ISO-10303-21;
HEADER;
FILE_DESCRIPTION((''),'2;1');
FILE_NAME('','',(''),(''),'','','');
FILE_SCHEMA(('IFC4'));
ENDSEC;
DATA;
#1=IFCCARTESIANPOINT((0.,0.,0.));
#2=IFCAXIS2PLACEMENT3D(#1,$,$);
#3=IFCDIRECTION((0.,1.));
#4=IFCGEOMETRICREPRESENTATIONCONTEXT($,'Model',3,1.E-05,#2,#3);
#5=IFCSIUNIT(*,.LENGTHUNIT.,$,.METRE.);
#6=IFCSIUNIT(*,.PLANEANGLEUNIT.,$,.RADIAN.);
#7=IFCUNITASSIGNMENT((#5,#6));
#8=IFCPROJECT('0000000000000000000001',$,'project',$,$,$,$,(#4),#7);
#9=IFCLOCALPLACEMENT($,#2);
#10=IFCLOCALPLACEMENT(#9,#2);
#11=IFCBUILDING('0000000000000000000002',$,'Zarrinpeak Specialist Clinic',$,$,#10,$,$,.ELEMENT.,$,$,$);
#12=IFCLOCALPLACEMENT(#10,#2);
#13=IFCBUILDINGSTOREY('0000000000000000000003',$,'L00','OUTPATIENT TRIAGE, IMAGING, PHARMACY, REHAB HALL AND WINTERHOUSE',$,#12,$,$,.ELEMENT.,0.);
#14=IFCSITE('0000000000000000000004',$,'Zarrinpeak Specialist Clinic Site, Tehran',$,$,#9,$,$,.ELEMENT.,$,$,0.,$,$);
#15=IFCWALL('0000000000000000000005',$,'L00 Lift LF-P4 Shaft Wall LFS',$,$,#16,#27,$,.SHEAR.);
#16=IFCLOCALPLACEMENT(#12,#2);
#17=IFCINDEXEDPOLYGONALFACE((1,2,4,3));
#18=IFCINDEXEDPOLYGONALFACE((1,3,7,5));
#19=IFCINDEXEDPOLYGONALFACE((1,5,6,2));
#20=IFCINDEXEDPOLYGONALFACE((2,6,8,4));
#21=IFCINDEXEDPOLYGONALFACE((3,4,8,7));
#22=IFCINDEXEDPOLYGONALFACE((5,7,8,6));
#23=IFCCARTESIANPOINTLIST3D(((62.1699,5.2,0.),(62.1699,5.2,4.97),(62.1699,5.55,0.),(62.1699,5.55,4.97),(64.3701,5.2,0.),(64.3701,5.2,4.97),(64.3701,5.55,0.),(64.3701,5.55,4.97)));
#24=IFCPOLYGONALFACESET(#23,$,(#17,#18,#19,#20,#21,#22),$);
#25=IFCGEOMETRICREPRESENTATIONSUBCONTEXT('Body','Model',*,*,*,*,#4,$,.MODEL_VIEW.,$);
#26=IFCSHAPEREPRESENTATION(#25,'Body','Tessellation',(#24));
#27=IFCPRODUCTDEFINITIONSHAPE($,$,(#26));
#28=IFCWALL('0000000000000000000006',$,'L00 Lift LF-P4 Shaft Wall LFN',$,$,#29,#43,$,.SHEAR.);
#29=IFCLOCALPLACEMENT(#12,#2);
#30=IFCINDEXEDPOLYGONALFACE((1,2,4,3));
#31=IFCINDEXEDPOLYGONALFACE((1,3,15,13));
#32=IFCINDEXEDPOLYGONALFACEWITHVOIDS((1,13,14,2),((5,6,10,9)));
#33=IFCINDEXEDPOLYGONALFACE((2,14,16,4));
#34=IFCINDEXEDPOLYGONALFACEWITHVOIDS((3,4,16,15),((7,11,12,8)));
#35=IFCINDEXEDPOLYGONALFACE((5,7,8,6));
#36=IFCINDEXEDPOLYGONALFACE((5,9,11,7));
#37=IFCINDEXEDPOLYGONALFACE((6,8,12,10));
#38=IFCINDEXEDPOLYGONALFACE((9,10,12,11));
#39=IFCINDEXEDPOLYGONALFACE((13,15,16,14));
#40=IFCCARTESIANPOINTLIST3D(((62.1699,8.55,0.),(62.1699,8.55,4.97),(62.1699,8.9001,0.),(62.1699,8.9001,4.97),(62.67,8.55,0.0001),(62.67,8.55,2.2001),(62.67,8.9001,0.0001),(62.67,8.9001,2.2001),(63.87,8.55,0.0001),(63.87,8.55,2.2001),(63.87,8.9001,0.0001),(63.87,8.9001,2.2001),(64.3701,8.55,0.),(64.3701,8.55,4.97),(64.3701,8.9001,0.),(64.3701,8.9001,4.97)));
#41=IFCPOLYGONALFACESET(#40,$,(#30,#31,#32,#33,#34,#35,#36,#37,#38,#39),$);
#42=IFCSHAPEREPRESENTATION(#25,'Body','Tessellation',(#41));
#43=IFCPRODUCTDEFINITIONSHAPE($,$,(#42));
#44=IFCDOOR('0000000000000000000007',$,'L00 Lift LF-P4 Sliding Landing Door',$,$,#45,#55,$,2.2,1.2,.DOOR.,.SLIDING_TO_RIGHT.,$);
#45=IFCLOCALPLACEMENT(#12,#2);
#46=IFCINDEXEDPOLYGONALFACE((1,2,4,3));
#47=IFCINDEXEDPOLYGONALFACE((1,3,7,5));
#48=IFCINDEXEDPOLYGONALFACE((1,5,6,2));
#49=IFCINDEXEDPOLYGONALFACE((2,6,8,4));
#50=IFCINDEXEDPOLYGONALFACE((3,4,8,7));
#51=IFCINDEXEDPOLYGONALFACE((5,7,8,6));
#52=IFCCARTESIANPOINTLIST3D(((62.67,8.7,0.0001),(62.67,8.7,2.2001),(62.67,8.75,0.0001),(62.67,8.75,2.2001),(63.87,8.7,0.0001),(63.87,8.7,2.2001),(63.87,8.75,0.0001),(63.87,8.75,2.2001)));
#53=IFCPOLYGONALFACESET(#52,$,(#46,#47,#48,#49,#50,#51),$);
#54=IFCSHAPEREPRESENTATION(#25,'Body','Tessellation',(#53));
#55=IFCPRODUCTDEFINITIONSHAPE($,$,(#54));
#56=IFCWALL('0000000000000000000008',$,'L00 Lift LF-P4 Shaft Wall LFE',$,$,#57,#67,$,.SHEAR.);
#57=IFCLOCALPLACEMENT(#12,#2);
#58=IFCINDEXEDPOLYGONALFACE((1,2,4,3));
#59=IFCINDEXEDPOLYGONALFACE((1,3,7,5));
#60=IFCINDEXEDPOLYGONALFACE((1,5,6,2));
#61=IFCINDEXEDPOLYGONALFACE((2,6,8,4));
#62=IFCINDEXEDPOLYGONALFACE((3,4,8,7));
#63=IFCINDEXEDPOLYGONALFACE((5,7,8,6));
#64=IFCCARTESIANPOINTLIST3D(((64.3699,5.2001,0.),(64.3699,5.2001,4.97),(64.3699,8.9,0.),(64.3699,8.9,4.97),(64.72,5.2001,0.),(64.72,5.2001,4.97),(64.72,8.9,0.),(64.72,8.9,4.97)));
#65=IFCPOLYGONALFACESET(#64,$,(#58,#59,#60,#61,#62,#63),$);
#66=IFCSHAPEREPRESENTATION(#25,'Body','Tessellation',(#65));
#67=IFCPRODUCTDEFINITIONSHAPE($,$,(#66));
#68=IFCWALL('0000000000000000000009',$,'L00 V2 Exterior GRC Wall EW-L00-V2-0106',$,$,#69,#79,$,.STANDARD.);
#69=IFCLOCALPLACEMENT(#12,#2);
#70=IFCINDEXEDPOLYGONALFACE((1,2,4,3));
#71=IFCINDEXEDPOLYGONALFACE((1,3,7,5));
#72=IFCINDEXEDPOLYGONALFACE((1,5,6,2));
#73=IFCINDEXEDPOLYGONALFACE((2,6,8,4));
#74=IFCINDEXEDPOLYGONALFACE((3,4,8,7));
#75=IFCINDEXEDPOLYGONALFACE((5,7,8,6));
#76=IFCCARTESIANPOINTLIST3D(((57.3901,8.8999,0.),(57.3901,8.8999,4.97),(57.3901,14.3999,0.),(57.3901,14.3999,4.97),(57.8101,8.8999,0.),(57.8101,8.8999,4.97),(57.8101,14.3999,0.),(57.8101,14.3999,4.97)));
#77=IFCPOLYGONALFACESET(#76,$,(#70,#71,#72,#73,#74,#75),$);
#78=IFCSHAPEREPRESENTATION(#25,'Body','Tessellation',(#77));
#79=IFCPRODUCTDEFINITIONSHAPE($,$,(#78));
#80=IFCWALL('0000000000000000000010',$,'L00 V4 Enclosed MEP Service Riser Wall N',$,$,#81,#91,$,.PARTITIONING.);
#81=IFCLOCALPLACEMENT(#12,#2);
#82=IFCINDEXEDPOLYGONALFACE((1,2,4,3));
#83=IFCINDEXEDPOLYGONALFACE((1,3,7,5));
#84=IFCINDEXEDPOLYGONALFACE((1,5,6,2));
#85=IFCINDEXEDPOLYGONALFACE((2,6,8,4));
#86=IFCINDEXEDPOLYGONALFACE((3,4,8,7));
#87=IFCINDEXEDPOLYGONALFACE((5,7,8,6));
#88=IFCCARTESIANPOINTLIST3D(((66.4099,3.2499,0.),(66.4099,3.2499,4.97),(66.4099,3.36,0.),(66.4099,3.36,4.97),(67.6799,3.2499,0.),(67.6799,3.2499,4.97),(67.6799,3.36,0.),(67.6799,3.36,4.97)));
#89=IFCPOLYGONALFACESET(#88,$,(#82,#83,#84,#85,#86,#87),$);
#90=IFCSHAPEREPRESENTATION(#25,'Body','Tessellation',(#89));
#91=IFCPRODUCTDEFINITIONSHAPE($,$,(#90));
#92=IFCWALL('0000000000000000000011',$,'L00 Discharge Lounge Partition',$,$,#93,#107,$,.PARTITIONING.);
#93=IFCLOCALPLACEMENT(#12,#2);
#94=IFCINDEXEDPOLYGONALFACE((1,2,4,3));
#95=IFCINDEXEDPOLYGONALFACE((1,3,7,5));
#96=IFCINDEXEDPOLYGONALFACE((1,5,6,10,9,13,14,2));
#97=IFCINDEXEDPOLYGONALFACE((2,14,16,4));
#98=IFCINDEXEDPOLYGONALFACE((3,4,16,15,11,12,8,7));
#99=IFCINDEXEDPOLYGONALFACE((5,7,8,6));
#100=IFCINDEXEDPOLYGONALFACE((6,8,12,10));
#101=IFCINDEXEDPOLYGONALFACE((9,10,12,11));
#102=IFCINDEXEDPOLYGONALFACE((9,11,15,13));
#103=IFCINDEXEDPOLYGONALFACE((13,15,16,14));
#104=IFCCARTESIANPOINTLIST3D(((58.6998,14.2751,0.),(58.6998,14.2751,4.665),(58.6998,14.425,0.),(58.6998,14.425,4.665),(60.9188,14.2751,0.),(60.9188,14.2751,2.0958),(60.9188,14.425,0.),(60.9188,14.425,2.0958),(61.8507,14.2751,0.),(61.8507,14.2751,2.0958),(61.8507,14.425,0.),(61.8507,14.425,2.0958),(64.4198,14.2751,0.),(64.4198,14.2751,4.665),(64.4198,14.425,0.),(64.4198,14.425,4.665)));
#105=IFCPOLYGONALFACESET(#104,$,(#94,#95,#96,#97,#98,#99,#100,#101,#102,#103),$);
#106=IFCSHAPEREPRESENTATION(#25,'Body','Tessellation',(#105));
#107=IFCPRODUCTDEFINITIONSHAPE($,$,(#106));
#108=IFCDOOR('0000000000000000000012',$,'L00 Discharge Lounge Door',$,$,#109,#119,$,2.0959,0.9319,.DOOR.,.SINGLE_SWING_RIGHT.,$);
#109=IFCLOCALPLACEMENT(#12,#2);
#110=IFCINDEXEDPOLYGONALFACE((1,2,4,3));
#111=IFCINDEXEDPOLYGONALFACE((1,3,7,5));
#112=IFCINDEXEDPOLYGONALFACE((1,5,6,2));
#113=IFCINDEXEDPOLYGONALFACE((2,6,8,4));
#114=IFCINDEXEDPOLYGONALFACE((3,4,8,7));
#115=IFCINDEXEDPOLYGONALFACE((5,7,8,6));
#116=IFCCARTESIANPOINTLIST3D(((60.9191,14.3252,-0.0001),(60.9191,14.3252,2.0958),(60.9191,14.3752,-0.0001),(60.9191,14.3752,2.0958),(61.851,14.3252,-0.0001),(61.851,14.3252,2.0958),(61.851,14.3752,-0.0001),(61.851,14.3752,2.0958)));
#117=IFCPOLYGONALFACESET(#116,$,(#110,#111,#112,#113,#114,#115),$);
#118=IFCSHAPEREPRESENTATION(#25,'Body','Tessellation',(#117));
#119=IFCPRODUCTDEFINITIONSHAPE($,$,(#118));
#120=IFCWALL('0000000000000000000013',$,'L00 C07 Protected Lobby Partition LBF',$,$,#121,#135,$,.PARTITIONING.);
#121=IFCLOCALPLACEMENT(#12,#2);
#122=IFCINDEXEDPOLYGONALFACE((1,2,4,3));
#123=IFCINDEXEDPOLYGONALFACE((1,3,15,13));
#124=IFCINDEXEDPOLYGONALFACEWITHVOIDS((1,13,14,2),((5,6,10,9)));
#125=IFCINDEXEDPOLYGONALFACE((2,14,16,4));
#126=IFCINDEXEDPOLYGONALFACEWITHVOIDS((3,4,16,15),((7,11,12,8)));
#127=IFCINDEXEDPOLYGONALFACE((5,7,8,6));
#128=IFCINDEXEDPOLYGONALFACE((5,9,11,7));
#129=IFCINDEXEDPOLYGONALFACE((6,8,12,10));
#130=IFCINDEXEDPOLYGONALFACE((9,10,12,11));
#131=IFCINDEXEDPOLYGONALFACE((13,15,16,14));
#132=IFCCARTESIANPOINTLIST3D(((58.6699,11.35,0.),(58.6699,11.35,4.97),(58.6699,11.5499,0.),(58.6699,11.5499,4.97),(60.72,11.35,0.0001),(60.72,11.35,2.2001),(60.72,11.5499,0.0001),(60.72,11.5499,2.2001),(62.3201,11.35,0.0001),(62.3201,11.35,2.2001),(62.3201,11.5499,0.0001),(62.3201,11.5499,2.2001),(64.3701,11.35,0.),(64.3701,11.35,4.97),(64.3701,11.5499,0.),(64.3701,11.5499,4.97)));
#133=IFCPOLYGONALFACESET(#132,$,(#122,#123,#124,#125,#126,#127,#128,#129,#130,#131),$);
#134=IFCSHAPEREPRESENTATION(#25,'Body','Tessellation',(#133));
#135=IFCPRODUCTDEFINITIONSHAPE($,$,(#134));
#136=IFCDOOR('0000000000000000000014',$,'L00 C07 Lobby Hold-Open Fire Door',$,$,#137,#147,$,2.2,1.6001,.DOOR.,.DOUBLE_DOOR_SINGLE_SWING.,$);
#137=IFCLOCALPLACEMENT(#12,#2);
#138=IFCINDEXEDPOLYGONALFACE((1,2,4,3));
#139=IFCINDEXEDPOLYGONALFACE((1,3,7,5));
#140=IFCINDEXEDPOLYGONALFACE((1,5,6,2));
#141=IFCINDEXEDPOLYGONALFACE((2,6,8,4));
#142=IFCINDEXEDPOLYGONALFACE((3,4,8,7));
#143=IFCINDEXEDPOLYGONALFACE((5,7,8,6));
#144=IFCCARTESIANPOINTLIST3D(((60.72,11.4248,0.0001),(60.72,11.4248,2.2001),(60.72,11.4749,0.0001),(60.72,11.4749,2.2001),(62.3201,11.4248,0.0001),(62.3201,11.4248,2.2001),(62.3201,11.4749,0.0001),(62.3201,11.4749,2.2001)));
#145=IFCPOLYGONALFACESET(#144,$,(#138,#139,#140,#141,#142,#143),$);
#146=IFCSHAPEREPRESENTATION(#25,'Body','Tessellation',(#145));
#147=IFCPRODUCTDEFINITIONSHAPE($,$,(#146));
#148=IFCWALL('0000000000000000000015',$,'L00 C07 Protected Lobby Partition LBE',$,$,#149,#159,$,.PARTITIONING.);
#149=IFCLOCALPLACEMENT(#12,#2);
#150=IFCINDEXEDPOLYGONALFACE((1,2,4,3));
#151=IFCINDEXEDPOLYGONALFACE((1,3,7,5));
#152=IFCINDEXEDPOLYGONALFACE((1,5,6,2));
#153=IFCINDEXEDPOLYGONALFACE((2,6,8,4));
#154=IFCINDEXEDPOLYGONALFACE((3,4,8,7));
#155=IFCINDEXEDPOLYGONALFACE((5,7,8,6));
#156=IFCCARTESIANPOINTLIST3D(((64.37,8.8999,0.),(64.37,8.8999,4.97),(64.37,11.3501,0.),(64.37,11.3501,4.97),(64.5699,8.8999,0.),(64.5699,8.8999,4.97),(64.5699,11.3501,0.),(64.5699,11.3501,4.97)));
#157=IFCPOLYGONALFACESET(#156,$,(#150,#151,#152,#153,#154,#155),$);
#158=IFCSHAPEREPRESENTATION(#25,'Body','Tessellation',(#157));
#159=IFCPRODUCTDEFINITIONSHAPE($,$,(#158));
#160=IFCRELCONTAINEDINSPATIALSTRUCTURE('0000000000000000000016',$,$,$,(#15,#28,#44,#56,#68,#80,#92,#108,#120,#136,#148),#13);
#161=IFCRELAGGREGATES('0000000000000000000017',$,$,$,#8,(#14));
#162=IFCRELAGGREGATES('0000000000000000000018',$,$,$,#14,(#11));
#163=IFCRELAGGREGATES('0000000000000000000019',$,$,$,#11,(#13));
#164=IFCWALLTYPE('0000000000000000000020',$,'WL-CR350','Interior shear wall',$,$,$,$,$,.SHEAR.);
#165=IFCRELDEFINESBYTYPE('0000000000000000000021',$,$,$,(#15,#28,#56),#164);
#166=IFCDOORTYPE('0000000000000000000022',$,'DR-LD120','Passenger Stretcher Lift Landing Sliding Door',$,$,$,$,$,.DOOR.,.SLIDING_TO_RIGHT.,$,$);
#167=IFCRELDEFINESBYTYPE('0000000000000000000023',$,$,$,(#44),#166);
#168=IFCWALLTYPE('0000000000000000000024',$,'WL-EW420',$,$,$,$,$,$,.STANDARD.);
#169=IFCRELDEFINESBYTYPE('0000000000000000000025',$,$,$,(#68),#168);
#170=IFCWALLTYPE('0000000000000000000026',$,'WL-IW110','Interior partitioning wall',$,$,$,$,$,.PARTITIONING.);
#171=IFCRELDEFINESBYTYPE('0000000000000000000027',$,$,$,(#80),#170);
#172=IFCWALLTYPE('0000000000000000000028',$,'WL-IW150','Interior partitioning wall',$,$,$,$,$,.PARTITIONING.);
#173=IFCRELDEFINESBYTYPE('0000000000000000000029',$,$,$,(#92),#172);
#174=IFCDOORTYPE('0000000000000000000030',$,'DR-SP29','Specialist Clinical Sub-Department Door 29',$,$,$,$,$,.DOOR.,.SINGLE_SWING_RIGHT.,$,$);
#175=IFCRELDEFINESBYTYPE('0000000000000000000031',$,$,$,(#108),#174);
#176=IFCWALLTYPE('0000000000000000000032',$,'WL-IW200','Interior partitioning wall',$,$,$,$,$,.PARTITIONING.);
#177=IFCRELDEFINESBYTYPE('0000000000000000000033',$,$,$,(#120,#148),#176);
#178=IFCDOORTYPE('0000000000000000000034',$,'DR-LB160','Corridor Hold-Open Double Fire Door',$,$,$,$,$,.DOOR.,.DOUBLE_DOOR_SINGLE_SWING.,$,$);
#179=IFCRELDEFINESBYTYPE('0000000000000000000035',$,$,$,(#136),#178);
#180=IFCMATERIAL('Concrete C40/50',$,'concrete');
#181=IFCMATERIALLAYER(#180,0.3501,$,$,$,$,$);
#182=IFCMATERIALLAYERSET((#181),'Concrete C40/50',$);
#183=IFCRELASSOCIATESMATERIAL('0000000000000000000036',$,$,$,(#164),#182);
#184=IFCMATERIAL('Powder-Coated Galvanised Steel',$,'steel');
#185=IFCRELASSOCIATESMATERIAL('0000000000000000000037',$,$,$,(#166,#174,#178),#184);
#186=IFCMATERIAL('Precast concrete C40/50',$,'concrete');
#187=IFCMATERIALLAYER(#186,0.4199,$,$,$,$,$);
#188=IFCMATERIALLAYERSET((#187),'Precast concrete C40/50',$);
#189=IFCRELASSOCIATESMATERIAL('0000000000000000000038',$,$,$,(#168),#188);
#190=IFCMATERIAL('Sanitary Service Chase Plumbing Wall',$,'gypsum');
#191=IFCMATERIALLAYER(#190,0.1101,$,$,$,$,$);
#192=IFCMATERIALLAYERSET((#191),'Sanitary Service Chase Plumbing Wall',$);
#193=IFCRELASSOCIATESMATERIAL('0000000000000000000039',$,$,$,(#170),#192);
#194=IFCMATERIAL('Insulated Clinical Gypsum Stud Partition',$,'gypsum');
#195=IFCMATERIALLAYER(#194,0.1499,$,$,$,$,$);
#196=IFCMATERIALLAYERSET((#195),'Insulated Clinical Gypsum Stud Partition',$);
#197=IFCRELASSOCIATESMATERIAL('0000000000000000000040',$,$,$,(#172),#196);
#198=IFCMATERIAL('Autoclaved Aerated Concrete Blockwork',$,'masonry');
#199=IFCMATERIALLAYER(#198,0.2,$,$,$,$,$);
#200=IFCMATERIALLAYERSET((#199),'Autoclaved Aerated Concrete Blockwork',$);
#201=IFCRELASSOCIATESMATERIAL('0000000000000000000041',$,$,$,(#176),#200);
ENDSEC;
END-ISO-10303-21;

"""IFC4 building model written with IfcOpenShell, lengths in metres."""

from ifc_helpers import new_model, si_unit, direction, frame, frame_2d, origin, place, context, subcontext, project, spatial, rectangle, extrude, material, layer, layer_set, type_object, element, fill, save


model = new_model("IFC4")

# Units and contexts
model_context = context("Model", 3, precision=1e-05, world=origin(), true_north=direction((0.0, 1.0)))
body_context = subcontext(model_context, "Body", "Model", "MODEL_VIEW")
ifc_project = project(units=[si_unit("LENGTHUNIT", "METRE"), si_unit("PLANEANGLEUNIT", "RADIAN")], contexts=[model_context])

# Site, building, storey
site_placement = place(None, origin())
site = spatial("IfcSite", under=ifc_project, at=site_placement, Name="Zarrinpeak Specialist Clinic Site, Tehran", CompositionType="ELEMENT", RefElevation=0.0)
building_placement = place(site_placement, origin())
building = spatial("IfcBuilding", under=site, at=building_placement, Name="Zarrinpeak Specialist Clinic", CompositionType="ELEMENT")
storey_placement = place(building_placement, origin())
storey = spatial("IfcBuildingStorey", under=building, at=storey_placement, Name="L00", Description="OUTPATIENT TRIAGE, IMAGING, PHARMACY, REHAB HALL AND WINTERHOUSE", CompositionType="ELEMENT", Elevation=0.0)

# Shared definitions
ifc_material_1 = material(Name="Concrete C40/50", Category="concrete")
ifc_layer_1 = layer(ifc_material_1, 0.3501)
ifc_layer_set_1 = layer_set([ifc_layer_1], Name="Concrete C40/50")
wall_type_1 = type_object("IfcWallType", Name="WL-CR350", Description="Interior shear wall", PredefinedType="SHEAR", material=ifc_layer_set_1)
ifc_material_2 = material(Name="Powder-Coated Galvanised Steel", Category="steel")

# Wall
wall_1_placement = place(storey_placement, frame((62.1699, 5.375, 0.0), z_axis=(0.0, 0.0, 1.0), x_axis=(1.0, 0.0, 0.0)))
element("IfcWall", 1, at=wall_1_placement, inside=storey, type_object=wall_type_1, Name="L00 Lift LF-P4 Shaft Wall LFS", PredefinedType="SHEAR", context=body_context, shape_type="SweptSolid", body=[
    extrude(rectangle(XDim=2.2002, YDim=0.3501, at=frame_2d((1.1001, 0.0))), origin(), (0.0, 0.0, 1.0), 4.97),
])

# Wall, opening, door
wall_2_placement = place(storey_placement, frame((62.1699, 8.7251, 0.0), z_axis=(0.0, 0.0, 1.0), x_axis=(1.0, 0.0, 0.0)))
wall_2 = element("IfcWall", 2, at=wall_2_placement, inside=storey, type_object=wall_type_1, Name="L00 Lift LF-P4 Shaft Wall LFN", PredefinedType="SHEAR", context=body_context, shape_type="SweptSolid", body=[
    extrude(rectangle(XDim=2.2002, YDim=0.3501, at=frame_2d((1.1001, 0.0))), origin(), (0.0, 0.0, 1.0), 4.97),
])
opening_1_placement = place(wall_2_placement, frame((0.5, 0.0, 0.0)))
opening_1 = element("IfcOpeningElement", 3, at=opening_1_placement, cuts=wall_2, PredefinedType="OPENING", context=body_context, shape_type="SweptSolid", body=[
    extrude(rectangle(XDim=1.2, YDim=2.2, at=frame_2d((0.6001, 1.1001))), frame((0.0, 0.1851, 0.0), z_axis=(0.0, -1.0, 0.0), x_axis=(1.0, 0.0, 0.0)), (0.0, 0.0, 1.0), 0.3701),
])
door_type_1 = type_object("IfcDoorType", Name="DR-LD120", Description="Passenger Stretcher Lift Landing Sliding Door", OperationType="SLIDING_TO_RIGHT", PredefinedType="DOOR", material=ifc_material_2)
door_1_placement = place(opening_1_placement, origin())
door_1 = element("IfcDoor", 4, at=door_1_placement, inside=storey, type_object=door_type_1, Name="L00 Lift LF-P4 Sliding Landing Door", OperationType="SLIDING_TO_RIGHT", OverallHeight=2.2, OverallWidth=1.2, PredefinedType="DOOR", context=body_context, shape_type="SweptSolid", body=[
    extrude(rectangle(XDim=1.2, YDim=2.2, at=frame_2d((0.6001, 1.1001))), frame((0.0, 0.0249, 0.0), z_axis=(0.0, -1.0, 0.0), x_axis=(1.0, 0.0, 0.0)), (0.0, 0.0, 1.0), 0.05),
])
fill(opening_1, door_1)

# Walls
wall_3_placement = place(storey_placement, frame((64.5449, 5.2, 0.0), z_axis=(0.0, 0.0, 1.0), x_axis=(0.0, 1.0, 0.0)))
element("IfcWall", 5, at=wall_3_placement, inside=storey, type_object=wall_type_1, Name="L00 Lift LF-P4 Shaft Wall LFE", PredefinedType="SHEAR", context=body_context, shape_type="SweptSolid", body=[
    extrude(rectangle(XDim=3.7, YDim=0.3501, at=frame_2d((1.8501, 0.0))), origin(), (0.0, 0.0, 1.0), 4.97),
])
ifc_material_3 = material(Name="Precast concrete C40/50", Category="concrete")
ifc_layer_2 = layer(ifc_material_3, 0.4199)
ifc_layer_set_2 = layer_set([ifc_layer_2], Name="Precast concrete C40/50")
wall_type_2 = type_object("IfcWallType", Name="WL-EW420", PredefinedType="STANDARD", material=ifc_layer_set_2)
wall_4_placement = place(storey_placement, frame((57.6001, 8.8999, 0.0), z_axis=(0.0, 0.0, 1.0), x_axis=(0.0, 1.0, 0.0)))
element("IfcWall", 6, at=wall_4_placement, inside=storey, type_object=wall_type_2, Name="L00 V2 Exterior GRC Wall EW-L00-V2-0106", PredefinedType="STANDARD", context=body_context, shape_type="SweptSolid", body=[
    extrude(rectangle(XDim=5.5, YDim=0.4199, at=frame_2d((2.75, 0.0))), origin(), (0.0, 0.0, 1.0), 4.97),
])
ifc_material_4 = material(Name="Sanitary Service Chase Plumbing Wall", Category="gypsum")
ifc_layer_3 = layer(ifc_material_4, 0.1101)
ifc_layer_set_3 = layer_set([ifc_layer_3], Name="Sanitary Service Chase Plumbing Wall")
wall_type_3 = type_object("IfcWallType", Name="WL-IW110", Description="Interior partitioning wall", PredefinedType="PARTITIONING", material=ifc_layer_set_3)
wall_5_placement = place(storey_placement, frame((66.4099, 3.3049, 0.0), z_axis=(0.0, 0.0, 1.0), x_axis=(1.0, 0.0, 0.0)))
element("IfcWall", 7, at=wall_5_placement, inside=storey, type_object=wall_type_3, Name="L00 V4 Enclosed MEP Service Riser Wall N", PredefinedType="PARTITIONING", context=body_context, shape_type="SweptSolid", body=[
    extrude(rectangle(XDim=1.27, YDim=0.1101, at=frame_2d((0.635, 0.0))), origin(), (0.0, 0.0, 1.0), 4.97),
])

# Walls, openings, doors
ifc_material_5 = material(Name="Insulated Clinical Gypsum Stud Partition", Category="gypsum")
ifc_layer_4 = layer(ifc_material_5, 0.1499)
ifc_layer_set_4 = layer_set([ifc_layer_4], Name="Insulated Clinical Gypsum Stud Partition")
wall_type_4 = type_object("IfcWallType", Name="WL-IW150", Description="Interior partitioning wall", PredefinedType="PARTITIONING", material=ifc_layer_set_4)
wall_6_placement = place(storey_placement, frame((58.7, 14.3501, 0.0), z_axis=(0.0, 0.0, 1.0), x_axis=(1.0, 0.0, 0.0)))
wall_6 = element("IfcWall", 8, at=wall_6_placement, inside=storey, type_object=wall_type_4, Name="L00 Discharge Lounge Partition", PredefinedType="PARTITIONING", context=body_context, shape_type="SweptSolid", body=[
    extrude(rectangle(XDim=5.72, YDim=0.1499, at=frame_2d((2.8599, 0.0))), origin(), (0.0, 0.0, 1.0), 4.665),
])
opening_2_placement = place(wall_6_placement, frame((2.219, 0.0, 0.0)))
opening_2 = element("IfcOpeningElement", 9, at=opening_2_placement, cuts=wall_6, PredefinedType="OPENING", context=body_context, shape_type="SweptSolid", body=[
    extrude(rectangle(XDim=0.9319, YDim=2.0959, at=frame_2d((0.4658, 1.0479))), frame((0.0, 0.085, 0.0), z_axis=(0.0, -1.0, 0.0), x_axis=(1.0, 0.0, 0.0)), (0.0, 0.0, 1.0), 0.1699),
])
door_type_2 = type_object("IfcDoorType", Name="DR-SP29", Description="Specialist Clinical Sub-Department Door 29", OperationType="SINGLE_SWING_RIGHT", PredefinedType="DOOR", material=ifc_material_2)
door_2_placement = place(opening_2_placement, frame((0.9319, 0.0, 0.0), z_axis=(0.0, 0.0, 1.0), x_axis=(-1.0, 0.0, 0.0)))
door_2 = element("IfcDoor", 10, at=door_2_placement, inside=storey, type_object=door_type_2, Name="L00 Discharge Lounge Door", OperationType="SINGLE_SWING_RIGHT", OverallHeight=2.0959, OverallWidth=0.9319, PredefinedType="DOOR", context=body_context, shape_type="SweptSolid", body=[
    extrude(rectangle(XDim=0.9319, YDim=2.0959, at=frame_2d((0.4658, 1.0479))), frame((0.0, 0.0249, 0.0), z_axis=(0.0, -1.0, 0.0), x_axis=(1.0, 0.0, 0.0)), (0.0, 0.0, 1.0), 0.05),
])
fill(opening_2, door_2)
ifc_material_6 = material(Name="Autoclaved Aerated Concrete Blockwork", Category="masonry")
ifc_layer_5 = layer(ifc_material_6, 0.2)
ifc_layer_set_5 = layer_set([ifc_layer_5], Name="Autoclaved Aerated Concrete Blockwork")
wall_type_5 = type_object("IfcWallType", Name="WL-IW200", Description="Interior partitioning wall", PredefinedType="PARTITIONING", material=ifc_layer_set_5)
wall_7_placement = place(storey_placement, frame((58.6699, 11.45, 0.0), z_axis=(0.0, 0.0, 1.0), x_axis=(1.0, 0.0, 0.0)))
wall_7 = element("IfcWall", 11, at=wall_7_placement, inside=storey, type_object=wall_type_5, Name="L00 C07 Protected Lobby Partition LBF", PredefinedType="PARTITIONING", context=body_context, shape_type="SweptSolid", body=[
    extrude(rectangle(XDim=5.7002, YDim=0.2, at=frame_2d((2.8501, 0.0))), origin(), (0.0, 0.0, 1.0), 4.97),
])
opening_3_placement = place(wall_7_placement, frame((2.05, 0.0, 0.0)))
opening_3 = element("IfcOpeningElement", 12, at=opening_3_placement, cuts=wall_7, PredefinedType="OPENING", context=body_context, shape_type="SweptSolid", body=[
    extrude(rectangle(XDim=1.6001, YDim=2.2, at=frame_2d((0.8, 1.1001))), frame((0.0, 0.1099, 0.0), z_axis=(0.0, -1.0, 0.0), x_axis=(1.0, 0.0, 0.0)), (0.0, 0.0, 1.0), 0.22),
])
door_type_3 = type_object("IfcDoorType", Name="DR-LB160", Description="Corridor Hold-Open Double Fire Door", OperationType="DOUBLE_DOOR_SINGLE_SWING", PredefinedType="DOOR", material=ifc_material_2)
door_3_placement = place(opening_3_placement, origin())
door_3 = element("IfcDoor", 13, at=door_3_placement, inside=storey, type_object=door_type_3, Name="L00 C07 Lobby Hold-Open Fire Door", OperationType="DOUBLE_DOOR_SINGLE_SWING", OverallHeight=2.2, OverallWidth=1.6001, PredefinedType="DOOR", context=body_context, shape_type="SweptSolid", body=[
    extrude(rectangle(XDim=1.6001, YDim=2.2, at=frame_2d((0.8, 1.1001))), frame((0.0, 0.0249, 0.0), z_axis=(0.0, -1.0, 0.0), x_axis=(1.0, 0.0, 0.0)), (0.0, 0.0, 1.0), 0.05),
])
fill(opening_3, door_3)

# Wall
wall_8_placement = place(storey_placement, frame((64.47, 8.8999, 0.0), z_axis=(0.0, 0.0, 1.0), x_axis=(0.0, 1.0, 0.0)))
element("IfcWall", 14, at=wall_8_placement, inside=storey, type_object=wall_type_5, Name="L00 C07 Protected Lobby Partition LBE", PredefinedType="PARTITIONING", context=body_context, shape_type="SweptSolid", body=[
    extrude(rectangle(XDim=2.4502, YDim=0.2, at=frame_2d((1.2251, 0.0))), origin(), (0.0, 0.0, 1.0), 4.97),
])

save(model, "model.ifc")
